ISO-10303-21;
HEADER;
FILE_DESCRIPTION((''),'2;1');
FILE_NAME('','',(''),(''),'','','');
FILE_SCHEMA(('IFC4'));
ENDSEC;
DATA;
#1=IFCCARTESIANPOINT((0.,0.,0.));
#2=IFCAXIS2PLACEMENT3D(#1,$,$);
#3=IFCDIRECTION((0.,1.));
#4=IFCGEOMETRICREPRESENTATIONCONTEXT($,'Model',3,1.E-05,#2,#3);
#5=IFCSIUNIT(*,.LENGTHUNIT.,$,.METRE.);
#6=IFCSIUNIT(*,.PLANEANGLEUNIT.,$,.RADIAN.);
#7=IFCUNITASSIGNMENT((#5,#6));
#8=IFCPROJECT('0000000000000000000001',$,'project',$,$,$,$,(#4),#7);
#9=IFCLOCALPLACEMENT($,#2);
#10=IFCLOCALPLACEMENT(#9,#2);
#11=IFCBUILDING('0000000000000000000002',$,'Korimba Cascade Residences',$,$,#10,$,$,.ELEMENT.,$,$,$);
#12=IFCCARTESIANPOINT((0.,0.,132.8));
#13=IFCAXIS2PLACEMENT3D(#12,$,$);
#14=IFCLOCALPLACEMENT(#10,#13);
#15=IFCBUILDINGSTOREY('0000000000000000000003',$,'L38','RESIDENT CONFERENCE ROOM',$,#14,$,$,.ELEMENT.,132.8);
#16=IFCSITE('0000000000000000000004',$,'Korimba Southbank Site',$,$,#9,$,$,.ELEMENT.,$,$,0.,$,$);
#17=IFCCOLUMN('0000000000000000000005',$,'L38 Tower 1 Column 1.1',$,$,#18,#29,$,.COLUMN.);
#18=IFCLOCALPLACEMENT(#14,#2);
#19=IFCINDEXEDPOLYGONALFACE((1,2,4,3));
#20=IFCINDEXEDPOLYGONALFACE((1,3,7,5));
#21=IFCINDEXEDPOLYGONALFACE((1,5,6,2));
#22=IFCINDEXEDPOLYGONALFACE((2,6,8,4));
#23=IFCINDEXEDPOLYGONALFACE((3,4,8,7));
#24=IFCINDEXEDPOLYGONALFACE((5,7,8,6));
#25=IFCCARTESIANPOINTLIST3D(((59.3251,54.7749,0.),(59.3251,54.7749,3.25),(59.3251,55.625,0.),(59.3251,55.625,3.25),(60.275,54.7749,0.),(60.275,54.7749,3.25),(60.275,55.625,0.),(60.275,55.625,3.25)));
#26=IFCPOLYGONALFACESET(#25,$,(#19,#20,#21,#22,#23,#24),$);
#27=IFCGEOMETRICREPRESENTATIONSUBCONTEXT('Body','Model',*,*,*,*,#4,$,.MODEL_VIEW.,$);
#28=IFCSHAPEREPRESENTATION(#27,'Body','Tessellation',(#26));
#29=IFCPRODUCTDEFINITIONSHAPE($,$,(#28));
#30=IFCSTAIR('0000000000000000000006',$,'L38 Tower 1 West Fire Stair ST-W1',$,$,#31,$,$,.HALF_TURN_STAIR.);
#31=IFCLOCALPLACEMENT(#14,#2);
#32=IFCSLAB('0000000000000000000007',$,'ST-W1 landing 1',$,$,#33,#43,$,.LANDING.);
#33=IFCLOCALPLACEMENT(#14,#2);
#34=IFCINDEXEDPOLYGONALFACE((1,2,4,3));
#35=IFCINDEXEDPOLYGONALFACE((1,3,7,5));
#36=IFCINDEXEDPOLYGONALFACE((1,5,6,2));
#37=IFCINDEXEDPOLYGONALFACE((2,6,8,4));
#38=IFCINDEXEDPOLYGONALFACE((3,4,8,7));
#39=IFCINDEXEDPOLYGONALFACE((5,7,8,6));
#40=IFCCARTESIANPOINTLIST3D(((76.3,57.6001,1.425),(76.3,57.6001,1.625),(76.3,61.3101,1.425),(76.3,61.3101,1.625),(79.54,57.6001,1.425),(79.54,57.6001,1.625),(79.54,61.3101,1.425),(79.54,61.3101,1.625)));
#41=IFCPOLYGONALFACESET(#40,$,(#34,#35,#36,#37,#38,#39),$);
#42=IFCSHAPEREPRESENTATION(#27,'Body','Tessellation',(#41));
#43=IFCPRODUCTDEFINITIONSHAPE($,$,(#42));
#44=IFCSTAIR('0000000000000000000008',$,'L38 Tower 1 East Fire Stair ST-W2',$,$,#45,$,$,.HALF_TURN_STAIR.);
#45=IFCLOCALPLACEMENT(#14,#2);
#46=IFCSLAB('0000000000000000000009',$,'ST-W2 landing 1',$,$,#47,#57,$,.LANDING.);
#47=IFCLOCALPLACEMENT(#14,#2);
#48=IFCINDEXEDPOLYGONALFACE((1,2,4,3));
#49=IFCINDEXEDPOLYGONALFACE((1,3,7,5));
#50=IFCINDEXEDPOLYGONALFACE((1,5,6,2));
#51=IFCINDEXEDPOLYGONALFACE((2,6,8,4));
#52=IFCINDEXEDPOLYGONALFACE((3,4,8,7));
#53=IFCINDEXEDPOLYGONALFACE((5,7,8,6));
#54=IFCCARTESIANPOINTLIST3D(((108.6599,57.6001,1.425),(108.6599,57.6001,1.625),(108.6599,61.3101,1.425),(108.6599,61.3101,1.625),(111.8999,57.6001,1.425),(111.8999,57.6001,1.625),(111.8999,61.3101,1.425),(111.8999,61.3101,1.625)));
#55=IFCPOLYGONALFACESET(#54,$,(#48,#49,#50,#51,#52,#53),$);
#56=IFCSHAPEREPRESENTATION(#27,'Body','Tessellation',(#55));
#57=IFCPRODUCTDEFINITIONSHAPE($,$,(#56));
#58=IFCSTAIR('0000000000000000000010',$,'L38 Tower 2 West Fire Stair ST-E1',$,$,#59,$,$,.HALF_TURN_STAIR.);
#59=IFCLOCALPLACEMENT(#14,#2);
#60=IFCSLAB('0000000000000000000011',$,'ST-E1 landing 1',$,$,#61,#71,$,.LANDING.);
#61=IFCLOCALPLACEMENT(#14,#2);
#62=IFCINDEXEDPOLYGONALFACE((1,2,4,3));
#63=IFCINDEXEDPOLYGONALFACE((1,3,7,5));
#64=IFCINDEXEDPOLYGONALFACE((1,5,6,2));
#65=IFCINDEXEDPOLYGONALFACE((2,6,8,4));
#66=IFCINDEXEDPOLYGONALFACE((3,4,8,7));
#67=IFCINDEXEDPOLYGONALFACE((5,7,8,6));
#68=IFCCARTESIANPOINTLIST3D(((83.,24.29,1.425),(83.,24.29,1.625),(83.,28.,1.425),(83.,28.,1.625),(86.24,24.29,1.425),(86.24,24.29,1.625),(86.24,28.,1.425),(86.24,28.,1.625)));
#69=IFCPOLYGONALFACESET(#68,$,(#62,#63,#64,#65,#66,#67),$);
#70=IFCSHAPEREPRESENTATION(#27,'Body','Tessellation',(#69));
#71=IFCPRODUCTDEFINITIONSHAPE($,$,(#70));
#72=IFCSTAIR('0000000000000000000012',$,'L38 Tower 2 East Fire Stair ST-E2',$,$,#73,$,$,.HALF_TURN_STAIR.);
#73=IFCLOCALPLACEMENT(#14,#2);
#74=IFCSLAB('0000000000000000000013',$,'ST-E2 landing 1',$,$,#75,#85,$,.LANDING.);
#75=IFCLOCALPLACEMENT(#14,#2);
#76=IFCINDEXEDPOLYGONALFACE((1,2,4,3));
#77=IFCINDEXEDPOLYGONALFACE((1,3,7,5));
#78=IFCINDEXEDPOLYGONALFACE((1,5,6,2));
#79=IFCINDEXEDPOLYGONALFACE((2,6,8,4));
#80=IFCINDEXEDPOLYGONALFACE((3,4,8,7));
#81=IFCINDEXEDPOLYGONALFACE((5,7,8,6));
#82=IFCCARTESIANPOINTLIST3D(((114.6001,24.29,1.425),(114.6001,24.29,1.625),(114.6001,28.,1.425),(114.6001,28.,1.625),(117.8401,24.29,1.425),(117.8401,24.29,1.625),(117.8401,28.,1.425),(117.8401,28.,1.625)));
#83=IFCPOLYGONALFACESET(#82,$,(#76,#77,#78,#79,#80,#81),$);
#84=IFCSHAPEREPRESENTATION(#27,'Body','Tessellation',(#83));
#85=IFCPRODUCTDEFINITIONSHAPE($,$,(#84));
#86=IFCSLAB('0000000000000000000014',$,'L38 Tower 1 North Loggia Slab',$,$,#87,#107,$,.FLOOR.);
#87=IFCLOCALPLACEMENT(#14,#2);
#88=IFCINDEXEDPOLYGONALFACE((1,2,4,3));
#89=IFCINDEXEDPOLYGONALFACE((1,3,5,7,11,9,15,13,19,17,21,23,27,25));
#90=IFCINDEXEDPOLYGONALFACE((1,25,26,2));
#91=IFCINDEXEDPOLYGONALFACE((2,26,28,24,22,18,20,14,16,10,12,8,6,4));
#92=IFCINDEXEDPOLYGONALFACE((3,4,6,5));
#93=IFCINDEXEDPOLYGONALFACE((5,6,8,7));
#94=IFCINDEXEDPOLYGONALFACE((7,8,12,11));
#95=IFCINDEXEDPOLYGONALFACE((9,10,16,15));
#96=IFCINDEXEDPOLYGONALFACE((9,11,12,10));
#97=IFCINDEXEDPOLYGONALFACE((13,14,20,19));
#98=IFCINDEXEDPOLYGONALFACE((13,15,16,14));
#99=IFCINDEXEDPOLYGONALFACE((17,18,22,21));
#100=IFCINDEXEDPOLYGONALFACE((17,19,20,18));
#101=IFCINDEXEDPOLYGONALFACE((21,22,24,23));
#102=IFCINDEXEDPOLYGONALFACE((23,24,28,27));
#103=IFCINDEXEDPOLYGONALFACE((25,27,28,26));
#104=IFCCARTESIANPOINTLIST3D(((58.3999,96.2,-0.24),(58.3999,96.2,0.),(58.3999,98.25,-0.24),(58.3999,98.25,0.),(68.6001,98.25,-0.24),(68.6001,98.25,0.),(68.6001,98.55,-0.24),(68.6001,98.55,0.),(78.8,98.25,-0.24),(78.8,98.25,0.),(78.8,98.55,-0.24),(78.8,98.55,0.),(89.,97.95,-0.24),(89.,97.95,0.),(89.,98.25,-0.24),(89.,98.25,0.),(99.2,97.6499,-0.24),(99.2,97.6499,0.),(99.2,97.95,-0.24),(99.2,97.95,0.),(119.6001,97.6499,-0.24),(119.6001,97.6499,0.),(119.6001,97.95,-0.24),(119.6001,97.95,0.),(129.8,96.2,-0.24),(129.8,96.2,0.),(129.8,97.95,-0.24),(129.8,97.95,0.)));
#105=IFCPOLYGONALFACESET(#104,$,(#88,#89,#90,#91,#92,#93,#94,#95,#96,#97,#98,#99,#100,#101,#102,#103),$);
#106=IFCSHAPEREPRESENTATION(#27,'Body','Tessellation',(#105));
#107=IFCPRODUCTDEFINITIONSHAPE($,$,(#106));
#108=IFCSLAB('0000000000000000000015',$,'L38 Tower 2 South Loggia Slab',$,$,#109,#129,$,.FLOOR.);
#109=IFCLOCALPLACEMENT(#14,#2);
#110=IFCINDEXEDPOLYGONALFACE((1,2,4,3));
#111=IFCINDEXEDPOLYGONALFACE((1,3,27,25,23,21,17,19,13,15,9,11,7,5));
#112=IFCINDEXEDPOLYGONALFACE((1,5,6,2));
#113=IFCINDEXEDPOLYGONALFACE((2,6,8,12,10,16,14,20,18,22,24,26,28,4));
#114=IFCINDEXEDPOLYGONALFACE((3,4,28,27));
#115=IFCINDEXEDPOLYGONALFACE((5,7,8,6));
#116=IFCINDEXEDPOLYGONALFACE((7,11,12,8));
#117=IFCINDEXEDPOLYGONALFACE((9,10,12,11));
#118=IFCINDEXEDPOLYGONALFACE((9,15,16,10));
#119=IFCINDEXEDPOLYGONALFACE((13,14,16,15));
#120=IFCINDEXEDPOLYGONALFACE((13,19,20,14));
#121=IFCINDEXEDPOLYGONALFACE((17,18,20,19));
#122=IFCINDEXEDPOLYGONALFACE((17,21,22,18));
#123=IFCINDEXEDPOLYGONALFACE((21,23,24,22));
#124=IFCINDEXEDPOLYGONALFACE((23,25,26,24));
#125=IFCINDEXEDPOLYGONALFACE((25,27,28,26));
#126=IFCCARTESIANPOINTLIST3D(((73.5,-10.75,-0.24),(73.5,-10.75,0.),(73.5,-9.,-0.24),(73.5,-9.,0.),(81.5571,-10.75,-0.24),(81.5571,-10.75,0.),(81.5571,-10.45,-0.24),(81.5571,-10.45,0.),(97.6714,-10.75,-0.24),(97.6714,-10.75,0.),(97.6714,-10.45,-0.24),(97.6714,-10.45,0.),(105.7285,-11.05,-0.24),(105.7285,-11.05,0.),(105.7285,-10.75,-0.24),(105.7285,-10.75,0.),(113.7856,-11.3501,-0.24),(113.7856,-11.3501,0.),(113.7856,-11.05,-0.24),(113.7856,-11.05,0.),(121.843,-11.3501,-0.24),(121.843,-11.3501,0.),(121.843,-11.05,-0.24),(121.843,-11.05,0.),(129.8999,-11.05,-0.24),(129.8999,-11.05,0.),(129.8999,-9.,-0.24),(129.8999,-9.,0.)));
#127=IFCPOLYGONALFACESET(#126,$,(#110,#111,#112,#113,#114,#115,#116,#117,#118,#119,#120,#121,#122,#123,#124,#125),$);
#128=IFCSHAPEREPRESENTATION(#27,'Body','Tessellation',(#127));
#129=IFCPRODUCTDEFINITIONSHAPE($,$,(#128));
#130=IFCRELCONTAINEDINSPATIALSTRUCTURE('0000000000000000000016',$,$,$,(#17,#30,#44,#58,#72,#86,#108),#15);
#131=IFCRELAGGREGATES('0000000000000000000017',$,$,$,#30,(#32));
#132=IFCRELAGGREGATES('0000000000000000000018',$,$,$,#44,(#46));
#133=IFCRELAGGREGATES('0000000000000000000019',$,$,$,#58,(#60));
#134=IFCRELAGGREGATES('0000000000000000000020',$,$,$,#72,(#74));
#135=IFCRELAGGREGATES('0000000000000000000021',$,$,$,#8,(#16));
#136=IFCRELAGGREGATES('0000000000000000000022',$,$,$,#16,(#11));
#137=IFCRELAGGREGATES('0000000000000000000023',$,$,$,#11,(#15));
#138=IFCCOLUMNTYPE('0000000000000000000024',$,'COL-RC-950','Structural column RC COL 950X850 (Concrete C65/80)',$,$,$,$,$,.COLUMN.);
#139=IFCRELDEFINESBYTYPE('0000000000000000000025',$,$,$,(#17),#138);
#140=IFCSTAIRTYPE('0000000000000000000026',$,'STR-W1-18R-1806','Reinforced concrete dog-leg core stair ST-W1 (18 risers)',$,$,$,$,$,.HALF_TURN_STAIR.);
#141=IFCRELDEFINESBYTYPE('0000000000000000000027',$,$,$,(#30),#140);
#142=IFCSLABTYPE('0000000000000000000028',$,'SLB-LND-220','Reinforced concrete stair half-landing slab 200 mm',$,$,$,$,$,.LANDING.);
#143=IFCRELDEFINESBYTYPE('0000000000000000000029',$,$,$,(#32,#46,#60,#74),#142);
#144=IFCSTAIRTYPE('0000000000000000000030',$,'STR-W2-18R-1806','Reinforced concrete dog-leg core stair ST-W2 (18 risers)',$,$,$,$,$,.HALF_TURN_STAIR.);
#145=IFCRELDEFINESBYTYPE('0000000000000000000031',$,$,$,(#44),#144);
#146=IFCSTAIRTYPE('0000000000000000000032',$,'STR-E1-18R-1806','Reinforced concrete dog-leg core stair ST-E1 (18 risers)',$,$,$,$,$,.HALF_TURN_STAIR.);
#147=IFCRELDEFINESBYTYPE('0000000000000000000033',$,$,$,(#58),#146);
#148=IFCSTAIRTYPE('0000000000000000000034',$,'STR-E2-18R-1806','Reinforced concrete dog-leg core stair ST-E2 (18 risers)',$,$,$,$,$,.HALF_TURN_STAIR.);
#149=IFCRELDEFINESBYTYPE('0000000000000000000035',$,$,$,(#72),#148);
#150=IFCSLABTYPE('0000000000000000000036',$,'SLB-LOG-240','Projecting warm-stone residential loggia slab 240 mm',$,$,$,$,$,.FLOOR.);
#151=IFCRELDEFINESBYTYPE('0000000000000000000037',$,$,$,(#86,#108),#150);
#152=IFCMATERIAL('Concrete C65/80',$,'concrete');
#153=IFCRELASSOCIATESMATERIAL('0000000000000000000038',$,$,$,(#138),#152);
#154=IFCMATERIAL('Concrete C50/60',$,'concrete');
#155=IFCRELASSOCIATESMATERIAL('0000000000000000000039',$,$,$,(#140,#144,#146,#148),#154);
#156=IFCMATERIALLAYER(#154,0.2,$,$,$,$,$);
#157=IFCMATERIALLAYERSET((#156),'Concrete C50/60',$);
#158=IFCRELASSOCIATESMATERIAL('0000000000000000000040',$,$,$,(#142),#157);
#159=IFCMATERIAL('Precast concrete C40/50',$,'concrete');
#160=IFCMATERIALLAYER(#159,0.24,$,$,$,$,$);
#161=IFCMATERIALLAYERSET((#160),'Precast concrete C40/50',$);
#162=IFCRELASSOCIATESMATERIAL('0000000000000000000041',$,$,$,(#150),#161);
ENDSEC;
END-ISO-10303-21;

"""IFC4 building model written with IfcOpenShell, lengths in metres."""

from ifc_helpers import new_model, si_unit, direction, frame, origin, origin_2d, place, context, subcontext, project, spatial, polyline, rectangle, outline, extrude, material, layer, layer_set, material_profile, profile_set, type_object, element, aggregate, save


model = new_model("IFC4")

# Units and contexts
model_context = context("Model", 3, precision=1e-05, world=origin(), true_north=direction((0.0, 1.0)))
body_context = subcontext(model_context, "Body", "Model", "MODEL_VIEW")
ifc_project = project(units=[si_unit("LENGTHUNIT", "METRE"), si_unit("PLANEANGLEUNIT", "RADIAN")], contexts=[model_context])

# Site, building, storey
site_placement = place(None, origin())
site = spatial("IfcSite", under=ifc_project, at=site_placement, Name="Korimba Southbank Site", CompositionType="ELEMENT", RefElevation=0.0)
building_placement = place(site_placement, origin())
building = spatial("IfcBuilding", under=site, at=building_placement, Name="Korimba Cascade Residences", CompositionType="ELEMENT")
storey_placement = place(building_placement, frame((0.0, 0.0, 132.8)))
storey = spatial("IfcBuildingStorey", under=building, at=storey_placement, Name="L38", Description="RESIDENT CONFERENCE ROOM", CompositionType="ELEMENT", Elevation=132.8)

# Column
ifc_material_1 = material(Name="Concrete C65/80", Category="concrete")
ifc_material_profile = material_profile(ifc_material_1, rectangle(XDim=0.95, YDim=0.8501, at=origin_2d()), Name="Concrete C65/80")
ifc_profile_set = profile_set([ifc_material_profile], Name="Concrete C65/80")
column_type = type_object("IfcColumnType", Name="COL-RC-950", Description="Structural column RC COL 950X850 (Concrete C65/80)", PredefinedType="COLUMN", material=ifc_profile_set)
column_placement = place(storey_placement, frame((59.8, 55.2, 0.0), z_axis=(0.0, 0.0, 1.0), x_axis=(1.0, 0.0, 0.0)))
element("IfcColumn", 1, at=column_placement, inside=storey, type_object=column_type, Name="L38 Tower 1 Column 1.1", PredefinedType="COLUMN", context=body_context, shape_type="SweptSolid", body=[
    extrude(rectangle(XDim=0.95, YDim=0.8501, at=origin_2d()), origin(), (0.0, 0.0, 1.0), 3.25),
])

# Stairs, slabs
ifc_material_2 = material(Name="Concrete C50/60", Category="concrete")
stair_type_1 = type_object("IfcStairType", Name="STR-W1-18R-1806", Description="Reinforced concrete dog-leg core stair ST-W1 (18 risers)", PredefinedType="HALF_TURN_STAIR", material=ifc_material_2)
stair_1_placement = place(storey_placement, origin())
stair_1 = element("IfcStair", 2, at=stair_1_placement, inside=storey, type_object=stair_type_1, Name="L38 Tower 1 West Fire Stair ST-W1", PredefinedType="HALF_TURN_STAIR")
ifc_layer_1 = layer(ifc_material_2, 0.2)
ifc_layer_set_1 = layer_set([ifc_layer_1], Name="Concrete C50/60")
slab_type_1 = type_object("IfcSlabType", Name="SLB-LND-220", Description="Reinforced concrete stair half-landing slab 200 mm", PredefinedType="LANDING", material=ifc_layer_set_1)
slab_1_placement = place(storey_placement, frame((0.0, 0.0, 1.425)))
slab_1 = element("IfcSlab", 3, at=slab_1_placement, type_object=slab_type_1, Name="ST-W1 landing 1", PredefinedType="LANDING", context=body_context, shape_type="SweptSolid", body=[
    extrude(outline(polyline([(76.3, 61.3101), (76.3, 57.6001), (79.54, 57.6001), (79.54, 61.3101), (76.3, 61.3101)])), origin(), (0.0, 0.0, 1.0), 0.2),
])
aggregate(stair_1, [slab_1])
stair_type_2 = type_object("IfcStairType", Name="STR-W2-18R-1806", Description="Reinforced concrete dog-leg core stair ST-W2 (18 risers)", PredefinedType="HALF_TURN_STAIR", material=ifc_material_2)
stair_2_placement = place(storey_placement, origin())
stair_2 = element("IfcStair", 4, at=stair_2_placement, inside=storey, type_object=stair_type_2, Name="L38 Tower 1 East Fire Stair ST-W2", PredefinedType="HALF_TURN_STAIR")
slab_2_placement = place(storey_placement, frame((0.0, 0.0, 1.425)))
slab_2 = element("IfcSlab", 5, at=slab_2_placement, type_object=slab_type_1, Name="ST-W2 landing 1", PredefinedType="LANDING", context=body_context, shape_type="SweptSolid", body=[
    extrude(outline(polyline([(108.6599, 61.3101), (108.6599, 57.6001), (111.8999, 57.6001), (111.8999, 61.3101), (108.6599, 61.3101)])), origin(), (0.0, 0.0, 1.0), 0.2),
])
aggregate(stair_2, [slab_2])
stair_type_3 = type_object("IfcStairType", Name="STR-E1-18R-1806", Description="Reinforced concrete dog-leg core stair ST-E1 (18 risers)", PredefinedType="HALF_TURN_STAIR", material=ifc_material_2)
stair_3_placement = place(storey_placement, origin())
stair_3 = element("IfcStair", 6, at=stair_3_placement, inside=storey, type_object=stair_type_3, Name="L38 Tower 2 West Fire Stair ST-E1", PredefinedType="HALF_TURN_STAIR")
slab_3_placement = place(storey_placement, frame((0.0, 0.0, 1.425)))
slab_3 = element("IfcSlab", 7, at=slab_3_placement, type_object=slab_type_1, Name="ST-E1 landing 1", PredefinedType="LANDING", context=body_context, shape_type="SweptSolid", body=[
    extrude(outline(polyline([(86.24, 24.29), (86.24, 28.0), (83.0, 28.0), (83.0, 24.29), (86.24, 24.29)])), origin(), (0.0, 0.0, 1.0), 0.2),
])
aggregate(stair_3, [slab_3])
stair_type_4 = type_object("IfcStairType", Name="STR-E2-18R-1806", Description="Reinforced concrete dog-leg core stair ST-E2 (18 risers)", PredefinedType="HALF_TURN_STAIR", material=ifc_material_2)
stair_4_placement = place(storey_placement, origin())
stair_4 = element("IfcStair", 8, at=stair_4_placement, inside=storey, type_object=stair_type_4, Name="L38 Tower 2 East Fire Stair ST-E2", PredefinedType="HALF_TURN_STAIR")
slab_4_placement = place(storey_placement, frame((0.0, 0.0, 1.425)))
slab_4 = element("IfcSlab", 9, at=slab_4_placement, type_object=slab_type_1, Name="ST-E2 landing 1", PredefinedType="LANDING", context=body_context, shape_type="SweptSolid", body=[
    extrude(outline(polyline([(117.8401, 24.29), (117.8401, 28.0), (114.6001, 28.0), (114.6001, 24.29), (117.8401, 24.29)])), origin(), (0.0, 0.0, 1.0), 0.2),
])
aggregate(stair_4, [slab_4])

# Slabs
ifc_material_3 = material(Name="Precast concrete C40/50", Category="concrete")
ifc_layer_2 = layer(ifc_material_3, 0.24)
ifc_layer_set_2 = layer_set([ifc_layer_2], Name="Precast concrete C40/50")
slab_type_2 = type_object("IfcSlabType", Name="SLB-LOG-240", Description="Projecting warm-stone residential loggia slab 240 mm", PredefinedType="FLOOR", material=ifc_layer_set_2)
slab_5_placement = place(storey_placement, frame((0.0, 0.0, -0.24)))
element("IfcSlab", 10, at=slab_5_placement, inside=storey, type_object=slab_type_2, Name="L38 Tower 1 North Loggia Slab", PredefinedType="FLOOR", context=body_context, shape_type="SweptSolid", body=[
    extrude(outline(polyline([(58.3999, 96.2), (129.8, 96.2), (129.8, 97.95), (119.6001, 97.95), (119.6001, 97.6499), (99.2, 97.6499), (99.2, 97.95), (89.0, 97.95), (89.0, 98.25), (78.8, 98.25), (78.8, 98.55), (68.6001, 98.55), (68.6001, 98.25), (58.3999, 98.25), (58.3999, 96.2)])), origin(), (0.0, 0.0, 1.0), 0.24),
])
slab_6_placement = place(storey_placement, frame((0.0, 0.0, -0.24)))
element("IfcSlab", 11, at=slab_6_placement, inside=storey, type_object=slab_type_2, Name="L38 Tower 2 South Loggia Slab", PredefinedType="FLOOR", context=body_context, shape_type="SweptSolid", body=[
    extrude(outline(polyline([(73.5, -10.75), (81.5571, -10.75), (81.5571, -10.45), (97.6714, -10.45), (97.6714, -10.75), (105.7285, -10.75), (105.7285, -11.05), (113.7856, -11.05), (113.7856, -11.3501), (121.843, -11.3501), (121.843, -11.05), (129.8999, -11.05), (129.8999, -9.0), (73.5, -9.0), (73.5, -10.75)])), origin(), (0.0, 0.0, 1.0), 0.24),
])

save(model, "model.ifc")
